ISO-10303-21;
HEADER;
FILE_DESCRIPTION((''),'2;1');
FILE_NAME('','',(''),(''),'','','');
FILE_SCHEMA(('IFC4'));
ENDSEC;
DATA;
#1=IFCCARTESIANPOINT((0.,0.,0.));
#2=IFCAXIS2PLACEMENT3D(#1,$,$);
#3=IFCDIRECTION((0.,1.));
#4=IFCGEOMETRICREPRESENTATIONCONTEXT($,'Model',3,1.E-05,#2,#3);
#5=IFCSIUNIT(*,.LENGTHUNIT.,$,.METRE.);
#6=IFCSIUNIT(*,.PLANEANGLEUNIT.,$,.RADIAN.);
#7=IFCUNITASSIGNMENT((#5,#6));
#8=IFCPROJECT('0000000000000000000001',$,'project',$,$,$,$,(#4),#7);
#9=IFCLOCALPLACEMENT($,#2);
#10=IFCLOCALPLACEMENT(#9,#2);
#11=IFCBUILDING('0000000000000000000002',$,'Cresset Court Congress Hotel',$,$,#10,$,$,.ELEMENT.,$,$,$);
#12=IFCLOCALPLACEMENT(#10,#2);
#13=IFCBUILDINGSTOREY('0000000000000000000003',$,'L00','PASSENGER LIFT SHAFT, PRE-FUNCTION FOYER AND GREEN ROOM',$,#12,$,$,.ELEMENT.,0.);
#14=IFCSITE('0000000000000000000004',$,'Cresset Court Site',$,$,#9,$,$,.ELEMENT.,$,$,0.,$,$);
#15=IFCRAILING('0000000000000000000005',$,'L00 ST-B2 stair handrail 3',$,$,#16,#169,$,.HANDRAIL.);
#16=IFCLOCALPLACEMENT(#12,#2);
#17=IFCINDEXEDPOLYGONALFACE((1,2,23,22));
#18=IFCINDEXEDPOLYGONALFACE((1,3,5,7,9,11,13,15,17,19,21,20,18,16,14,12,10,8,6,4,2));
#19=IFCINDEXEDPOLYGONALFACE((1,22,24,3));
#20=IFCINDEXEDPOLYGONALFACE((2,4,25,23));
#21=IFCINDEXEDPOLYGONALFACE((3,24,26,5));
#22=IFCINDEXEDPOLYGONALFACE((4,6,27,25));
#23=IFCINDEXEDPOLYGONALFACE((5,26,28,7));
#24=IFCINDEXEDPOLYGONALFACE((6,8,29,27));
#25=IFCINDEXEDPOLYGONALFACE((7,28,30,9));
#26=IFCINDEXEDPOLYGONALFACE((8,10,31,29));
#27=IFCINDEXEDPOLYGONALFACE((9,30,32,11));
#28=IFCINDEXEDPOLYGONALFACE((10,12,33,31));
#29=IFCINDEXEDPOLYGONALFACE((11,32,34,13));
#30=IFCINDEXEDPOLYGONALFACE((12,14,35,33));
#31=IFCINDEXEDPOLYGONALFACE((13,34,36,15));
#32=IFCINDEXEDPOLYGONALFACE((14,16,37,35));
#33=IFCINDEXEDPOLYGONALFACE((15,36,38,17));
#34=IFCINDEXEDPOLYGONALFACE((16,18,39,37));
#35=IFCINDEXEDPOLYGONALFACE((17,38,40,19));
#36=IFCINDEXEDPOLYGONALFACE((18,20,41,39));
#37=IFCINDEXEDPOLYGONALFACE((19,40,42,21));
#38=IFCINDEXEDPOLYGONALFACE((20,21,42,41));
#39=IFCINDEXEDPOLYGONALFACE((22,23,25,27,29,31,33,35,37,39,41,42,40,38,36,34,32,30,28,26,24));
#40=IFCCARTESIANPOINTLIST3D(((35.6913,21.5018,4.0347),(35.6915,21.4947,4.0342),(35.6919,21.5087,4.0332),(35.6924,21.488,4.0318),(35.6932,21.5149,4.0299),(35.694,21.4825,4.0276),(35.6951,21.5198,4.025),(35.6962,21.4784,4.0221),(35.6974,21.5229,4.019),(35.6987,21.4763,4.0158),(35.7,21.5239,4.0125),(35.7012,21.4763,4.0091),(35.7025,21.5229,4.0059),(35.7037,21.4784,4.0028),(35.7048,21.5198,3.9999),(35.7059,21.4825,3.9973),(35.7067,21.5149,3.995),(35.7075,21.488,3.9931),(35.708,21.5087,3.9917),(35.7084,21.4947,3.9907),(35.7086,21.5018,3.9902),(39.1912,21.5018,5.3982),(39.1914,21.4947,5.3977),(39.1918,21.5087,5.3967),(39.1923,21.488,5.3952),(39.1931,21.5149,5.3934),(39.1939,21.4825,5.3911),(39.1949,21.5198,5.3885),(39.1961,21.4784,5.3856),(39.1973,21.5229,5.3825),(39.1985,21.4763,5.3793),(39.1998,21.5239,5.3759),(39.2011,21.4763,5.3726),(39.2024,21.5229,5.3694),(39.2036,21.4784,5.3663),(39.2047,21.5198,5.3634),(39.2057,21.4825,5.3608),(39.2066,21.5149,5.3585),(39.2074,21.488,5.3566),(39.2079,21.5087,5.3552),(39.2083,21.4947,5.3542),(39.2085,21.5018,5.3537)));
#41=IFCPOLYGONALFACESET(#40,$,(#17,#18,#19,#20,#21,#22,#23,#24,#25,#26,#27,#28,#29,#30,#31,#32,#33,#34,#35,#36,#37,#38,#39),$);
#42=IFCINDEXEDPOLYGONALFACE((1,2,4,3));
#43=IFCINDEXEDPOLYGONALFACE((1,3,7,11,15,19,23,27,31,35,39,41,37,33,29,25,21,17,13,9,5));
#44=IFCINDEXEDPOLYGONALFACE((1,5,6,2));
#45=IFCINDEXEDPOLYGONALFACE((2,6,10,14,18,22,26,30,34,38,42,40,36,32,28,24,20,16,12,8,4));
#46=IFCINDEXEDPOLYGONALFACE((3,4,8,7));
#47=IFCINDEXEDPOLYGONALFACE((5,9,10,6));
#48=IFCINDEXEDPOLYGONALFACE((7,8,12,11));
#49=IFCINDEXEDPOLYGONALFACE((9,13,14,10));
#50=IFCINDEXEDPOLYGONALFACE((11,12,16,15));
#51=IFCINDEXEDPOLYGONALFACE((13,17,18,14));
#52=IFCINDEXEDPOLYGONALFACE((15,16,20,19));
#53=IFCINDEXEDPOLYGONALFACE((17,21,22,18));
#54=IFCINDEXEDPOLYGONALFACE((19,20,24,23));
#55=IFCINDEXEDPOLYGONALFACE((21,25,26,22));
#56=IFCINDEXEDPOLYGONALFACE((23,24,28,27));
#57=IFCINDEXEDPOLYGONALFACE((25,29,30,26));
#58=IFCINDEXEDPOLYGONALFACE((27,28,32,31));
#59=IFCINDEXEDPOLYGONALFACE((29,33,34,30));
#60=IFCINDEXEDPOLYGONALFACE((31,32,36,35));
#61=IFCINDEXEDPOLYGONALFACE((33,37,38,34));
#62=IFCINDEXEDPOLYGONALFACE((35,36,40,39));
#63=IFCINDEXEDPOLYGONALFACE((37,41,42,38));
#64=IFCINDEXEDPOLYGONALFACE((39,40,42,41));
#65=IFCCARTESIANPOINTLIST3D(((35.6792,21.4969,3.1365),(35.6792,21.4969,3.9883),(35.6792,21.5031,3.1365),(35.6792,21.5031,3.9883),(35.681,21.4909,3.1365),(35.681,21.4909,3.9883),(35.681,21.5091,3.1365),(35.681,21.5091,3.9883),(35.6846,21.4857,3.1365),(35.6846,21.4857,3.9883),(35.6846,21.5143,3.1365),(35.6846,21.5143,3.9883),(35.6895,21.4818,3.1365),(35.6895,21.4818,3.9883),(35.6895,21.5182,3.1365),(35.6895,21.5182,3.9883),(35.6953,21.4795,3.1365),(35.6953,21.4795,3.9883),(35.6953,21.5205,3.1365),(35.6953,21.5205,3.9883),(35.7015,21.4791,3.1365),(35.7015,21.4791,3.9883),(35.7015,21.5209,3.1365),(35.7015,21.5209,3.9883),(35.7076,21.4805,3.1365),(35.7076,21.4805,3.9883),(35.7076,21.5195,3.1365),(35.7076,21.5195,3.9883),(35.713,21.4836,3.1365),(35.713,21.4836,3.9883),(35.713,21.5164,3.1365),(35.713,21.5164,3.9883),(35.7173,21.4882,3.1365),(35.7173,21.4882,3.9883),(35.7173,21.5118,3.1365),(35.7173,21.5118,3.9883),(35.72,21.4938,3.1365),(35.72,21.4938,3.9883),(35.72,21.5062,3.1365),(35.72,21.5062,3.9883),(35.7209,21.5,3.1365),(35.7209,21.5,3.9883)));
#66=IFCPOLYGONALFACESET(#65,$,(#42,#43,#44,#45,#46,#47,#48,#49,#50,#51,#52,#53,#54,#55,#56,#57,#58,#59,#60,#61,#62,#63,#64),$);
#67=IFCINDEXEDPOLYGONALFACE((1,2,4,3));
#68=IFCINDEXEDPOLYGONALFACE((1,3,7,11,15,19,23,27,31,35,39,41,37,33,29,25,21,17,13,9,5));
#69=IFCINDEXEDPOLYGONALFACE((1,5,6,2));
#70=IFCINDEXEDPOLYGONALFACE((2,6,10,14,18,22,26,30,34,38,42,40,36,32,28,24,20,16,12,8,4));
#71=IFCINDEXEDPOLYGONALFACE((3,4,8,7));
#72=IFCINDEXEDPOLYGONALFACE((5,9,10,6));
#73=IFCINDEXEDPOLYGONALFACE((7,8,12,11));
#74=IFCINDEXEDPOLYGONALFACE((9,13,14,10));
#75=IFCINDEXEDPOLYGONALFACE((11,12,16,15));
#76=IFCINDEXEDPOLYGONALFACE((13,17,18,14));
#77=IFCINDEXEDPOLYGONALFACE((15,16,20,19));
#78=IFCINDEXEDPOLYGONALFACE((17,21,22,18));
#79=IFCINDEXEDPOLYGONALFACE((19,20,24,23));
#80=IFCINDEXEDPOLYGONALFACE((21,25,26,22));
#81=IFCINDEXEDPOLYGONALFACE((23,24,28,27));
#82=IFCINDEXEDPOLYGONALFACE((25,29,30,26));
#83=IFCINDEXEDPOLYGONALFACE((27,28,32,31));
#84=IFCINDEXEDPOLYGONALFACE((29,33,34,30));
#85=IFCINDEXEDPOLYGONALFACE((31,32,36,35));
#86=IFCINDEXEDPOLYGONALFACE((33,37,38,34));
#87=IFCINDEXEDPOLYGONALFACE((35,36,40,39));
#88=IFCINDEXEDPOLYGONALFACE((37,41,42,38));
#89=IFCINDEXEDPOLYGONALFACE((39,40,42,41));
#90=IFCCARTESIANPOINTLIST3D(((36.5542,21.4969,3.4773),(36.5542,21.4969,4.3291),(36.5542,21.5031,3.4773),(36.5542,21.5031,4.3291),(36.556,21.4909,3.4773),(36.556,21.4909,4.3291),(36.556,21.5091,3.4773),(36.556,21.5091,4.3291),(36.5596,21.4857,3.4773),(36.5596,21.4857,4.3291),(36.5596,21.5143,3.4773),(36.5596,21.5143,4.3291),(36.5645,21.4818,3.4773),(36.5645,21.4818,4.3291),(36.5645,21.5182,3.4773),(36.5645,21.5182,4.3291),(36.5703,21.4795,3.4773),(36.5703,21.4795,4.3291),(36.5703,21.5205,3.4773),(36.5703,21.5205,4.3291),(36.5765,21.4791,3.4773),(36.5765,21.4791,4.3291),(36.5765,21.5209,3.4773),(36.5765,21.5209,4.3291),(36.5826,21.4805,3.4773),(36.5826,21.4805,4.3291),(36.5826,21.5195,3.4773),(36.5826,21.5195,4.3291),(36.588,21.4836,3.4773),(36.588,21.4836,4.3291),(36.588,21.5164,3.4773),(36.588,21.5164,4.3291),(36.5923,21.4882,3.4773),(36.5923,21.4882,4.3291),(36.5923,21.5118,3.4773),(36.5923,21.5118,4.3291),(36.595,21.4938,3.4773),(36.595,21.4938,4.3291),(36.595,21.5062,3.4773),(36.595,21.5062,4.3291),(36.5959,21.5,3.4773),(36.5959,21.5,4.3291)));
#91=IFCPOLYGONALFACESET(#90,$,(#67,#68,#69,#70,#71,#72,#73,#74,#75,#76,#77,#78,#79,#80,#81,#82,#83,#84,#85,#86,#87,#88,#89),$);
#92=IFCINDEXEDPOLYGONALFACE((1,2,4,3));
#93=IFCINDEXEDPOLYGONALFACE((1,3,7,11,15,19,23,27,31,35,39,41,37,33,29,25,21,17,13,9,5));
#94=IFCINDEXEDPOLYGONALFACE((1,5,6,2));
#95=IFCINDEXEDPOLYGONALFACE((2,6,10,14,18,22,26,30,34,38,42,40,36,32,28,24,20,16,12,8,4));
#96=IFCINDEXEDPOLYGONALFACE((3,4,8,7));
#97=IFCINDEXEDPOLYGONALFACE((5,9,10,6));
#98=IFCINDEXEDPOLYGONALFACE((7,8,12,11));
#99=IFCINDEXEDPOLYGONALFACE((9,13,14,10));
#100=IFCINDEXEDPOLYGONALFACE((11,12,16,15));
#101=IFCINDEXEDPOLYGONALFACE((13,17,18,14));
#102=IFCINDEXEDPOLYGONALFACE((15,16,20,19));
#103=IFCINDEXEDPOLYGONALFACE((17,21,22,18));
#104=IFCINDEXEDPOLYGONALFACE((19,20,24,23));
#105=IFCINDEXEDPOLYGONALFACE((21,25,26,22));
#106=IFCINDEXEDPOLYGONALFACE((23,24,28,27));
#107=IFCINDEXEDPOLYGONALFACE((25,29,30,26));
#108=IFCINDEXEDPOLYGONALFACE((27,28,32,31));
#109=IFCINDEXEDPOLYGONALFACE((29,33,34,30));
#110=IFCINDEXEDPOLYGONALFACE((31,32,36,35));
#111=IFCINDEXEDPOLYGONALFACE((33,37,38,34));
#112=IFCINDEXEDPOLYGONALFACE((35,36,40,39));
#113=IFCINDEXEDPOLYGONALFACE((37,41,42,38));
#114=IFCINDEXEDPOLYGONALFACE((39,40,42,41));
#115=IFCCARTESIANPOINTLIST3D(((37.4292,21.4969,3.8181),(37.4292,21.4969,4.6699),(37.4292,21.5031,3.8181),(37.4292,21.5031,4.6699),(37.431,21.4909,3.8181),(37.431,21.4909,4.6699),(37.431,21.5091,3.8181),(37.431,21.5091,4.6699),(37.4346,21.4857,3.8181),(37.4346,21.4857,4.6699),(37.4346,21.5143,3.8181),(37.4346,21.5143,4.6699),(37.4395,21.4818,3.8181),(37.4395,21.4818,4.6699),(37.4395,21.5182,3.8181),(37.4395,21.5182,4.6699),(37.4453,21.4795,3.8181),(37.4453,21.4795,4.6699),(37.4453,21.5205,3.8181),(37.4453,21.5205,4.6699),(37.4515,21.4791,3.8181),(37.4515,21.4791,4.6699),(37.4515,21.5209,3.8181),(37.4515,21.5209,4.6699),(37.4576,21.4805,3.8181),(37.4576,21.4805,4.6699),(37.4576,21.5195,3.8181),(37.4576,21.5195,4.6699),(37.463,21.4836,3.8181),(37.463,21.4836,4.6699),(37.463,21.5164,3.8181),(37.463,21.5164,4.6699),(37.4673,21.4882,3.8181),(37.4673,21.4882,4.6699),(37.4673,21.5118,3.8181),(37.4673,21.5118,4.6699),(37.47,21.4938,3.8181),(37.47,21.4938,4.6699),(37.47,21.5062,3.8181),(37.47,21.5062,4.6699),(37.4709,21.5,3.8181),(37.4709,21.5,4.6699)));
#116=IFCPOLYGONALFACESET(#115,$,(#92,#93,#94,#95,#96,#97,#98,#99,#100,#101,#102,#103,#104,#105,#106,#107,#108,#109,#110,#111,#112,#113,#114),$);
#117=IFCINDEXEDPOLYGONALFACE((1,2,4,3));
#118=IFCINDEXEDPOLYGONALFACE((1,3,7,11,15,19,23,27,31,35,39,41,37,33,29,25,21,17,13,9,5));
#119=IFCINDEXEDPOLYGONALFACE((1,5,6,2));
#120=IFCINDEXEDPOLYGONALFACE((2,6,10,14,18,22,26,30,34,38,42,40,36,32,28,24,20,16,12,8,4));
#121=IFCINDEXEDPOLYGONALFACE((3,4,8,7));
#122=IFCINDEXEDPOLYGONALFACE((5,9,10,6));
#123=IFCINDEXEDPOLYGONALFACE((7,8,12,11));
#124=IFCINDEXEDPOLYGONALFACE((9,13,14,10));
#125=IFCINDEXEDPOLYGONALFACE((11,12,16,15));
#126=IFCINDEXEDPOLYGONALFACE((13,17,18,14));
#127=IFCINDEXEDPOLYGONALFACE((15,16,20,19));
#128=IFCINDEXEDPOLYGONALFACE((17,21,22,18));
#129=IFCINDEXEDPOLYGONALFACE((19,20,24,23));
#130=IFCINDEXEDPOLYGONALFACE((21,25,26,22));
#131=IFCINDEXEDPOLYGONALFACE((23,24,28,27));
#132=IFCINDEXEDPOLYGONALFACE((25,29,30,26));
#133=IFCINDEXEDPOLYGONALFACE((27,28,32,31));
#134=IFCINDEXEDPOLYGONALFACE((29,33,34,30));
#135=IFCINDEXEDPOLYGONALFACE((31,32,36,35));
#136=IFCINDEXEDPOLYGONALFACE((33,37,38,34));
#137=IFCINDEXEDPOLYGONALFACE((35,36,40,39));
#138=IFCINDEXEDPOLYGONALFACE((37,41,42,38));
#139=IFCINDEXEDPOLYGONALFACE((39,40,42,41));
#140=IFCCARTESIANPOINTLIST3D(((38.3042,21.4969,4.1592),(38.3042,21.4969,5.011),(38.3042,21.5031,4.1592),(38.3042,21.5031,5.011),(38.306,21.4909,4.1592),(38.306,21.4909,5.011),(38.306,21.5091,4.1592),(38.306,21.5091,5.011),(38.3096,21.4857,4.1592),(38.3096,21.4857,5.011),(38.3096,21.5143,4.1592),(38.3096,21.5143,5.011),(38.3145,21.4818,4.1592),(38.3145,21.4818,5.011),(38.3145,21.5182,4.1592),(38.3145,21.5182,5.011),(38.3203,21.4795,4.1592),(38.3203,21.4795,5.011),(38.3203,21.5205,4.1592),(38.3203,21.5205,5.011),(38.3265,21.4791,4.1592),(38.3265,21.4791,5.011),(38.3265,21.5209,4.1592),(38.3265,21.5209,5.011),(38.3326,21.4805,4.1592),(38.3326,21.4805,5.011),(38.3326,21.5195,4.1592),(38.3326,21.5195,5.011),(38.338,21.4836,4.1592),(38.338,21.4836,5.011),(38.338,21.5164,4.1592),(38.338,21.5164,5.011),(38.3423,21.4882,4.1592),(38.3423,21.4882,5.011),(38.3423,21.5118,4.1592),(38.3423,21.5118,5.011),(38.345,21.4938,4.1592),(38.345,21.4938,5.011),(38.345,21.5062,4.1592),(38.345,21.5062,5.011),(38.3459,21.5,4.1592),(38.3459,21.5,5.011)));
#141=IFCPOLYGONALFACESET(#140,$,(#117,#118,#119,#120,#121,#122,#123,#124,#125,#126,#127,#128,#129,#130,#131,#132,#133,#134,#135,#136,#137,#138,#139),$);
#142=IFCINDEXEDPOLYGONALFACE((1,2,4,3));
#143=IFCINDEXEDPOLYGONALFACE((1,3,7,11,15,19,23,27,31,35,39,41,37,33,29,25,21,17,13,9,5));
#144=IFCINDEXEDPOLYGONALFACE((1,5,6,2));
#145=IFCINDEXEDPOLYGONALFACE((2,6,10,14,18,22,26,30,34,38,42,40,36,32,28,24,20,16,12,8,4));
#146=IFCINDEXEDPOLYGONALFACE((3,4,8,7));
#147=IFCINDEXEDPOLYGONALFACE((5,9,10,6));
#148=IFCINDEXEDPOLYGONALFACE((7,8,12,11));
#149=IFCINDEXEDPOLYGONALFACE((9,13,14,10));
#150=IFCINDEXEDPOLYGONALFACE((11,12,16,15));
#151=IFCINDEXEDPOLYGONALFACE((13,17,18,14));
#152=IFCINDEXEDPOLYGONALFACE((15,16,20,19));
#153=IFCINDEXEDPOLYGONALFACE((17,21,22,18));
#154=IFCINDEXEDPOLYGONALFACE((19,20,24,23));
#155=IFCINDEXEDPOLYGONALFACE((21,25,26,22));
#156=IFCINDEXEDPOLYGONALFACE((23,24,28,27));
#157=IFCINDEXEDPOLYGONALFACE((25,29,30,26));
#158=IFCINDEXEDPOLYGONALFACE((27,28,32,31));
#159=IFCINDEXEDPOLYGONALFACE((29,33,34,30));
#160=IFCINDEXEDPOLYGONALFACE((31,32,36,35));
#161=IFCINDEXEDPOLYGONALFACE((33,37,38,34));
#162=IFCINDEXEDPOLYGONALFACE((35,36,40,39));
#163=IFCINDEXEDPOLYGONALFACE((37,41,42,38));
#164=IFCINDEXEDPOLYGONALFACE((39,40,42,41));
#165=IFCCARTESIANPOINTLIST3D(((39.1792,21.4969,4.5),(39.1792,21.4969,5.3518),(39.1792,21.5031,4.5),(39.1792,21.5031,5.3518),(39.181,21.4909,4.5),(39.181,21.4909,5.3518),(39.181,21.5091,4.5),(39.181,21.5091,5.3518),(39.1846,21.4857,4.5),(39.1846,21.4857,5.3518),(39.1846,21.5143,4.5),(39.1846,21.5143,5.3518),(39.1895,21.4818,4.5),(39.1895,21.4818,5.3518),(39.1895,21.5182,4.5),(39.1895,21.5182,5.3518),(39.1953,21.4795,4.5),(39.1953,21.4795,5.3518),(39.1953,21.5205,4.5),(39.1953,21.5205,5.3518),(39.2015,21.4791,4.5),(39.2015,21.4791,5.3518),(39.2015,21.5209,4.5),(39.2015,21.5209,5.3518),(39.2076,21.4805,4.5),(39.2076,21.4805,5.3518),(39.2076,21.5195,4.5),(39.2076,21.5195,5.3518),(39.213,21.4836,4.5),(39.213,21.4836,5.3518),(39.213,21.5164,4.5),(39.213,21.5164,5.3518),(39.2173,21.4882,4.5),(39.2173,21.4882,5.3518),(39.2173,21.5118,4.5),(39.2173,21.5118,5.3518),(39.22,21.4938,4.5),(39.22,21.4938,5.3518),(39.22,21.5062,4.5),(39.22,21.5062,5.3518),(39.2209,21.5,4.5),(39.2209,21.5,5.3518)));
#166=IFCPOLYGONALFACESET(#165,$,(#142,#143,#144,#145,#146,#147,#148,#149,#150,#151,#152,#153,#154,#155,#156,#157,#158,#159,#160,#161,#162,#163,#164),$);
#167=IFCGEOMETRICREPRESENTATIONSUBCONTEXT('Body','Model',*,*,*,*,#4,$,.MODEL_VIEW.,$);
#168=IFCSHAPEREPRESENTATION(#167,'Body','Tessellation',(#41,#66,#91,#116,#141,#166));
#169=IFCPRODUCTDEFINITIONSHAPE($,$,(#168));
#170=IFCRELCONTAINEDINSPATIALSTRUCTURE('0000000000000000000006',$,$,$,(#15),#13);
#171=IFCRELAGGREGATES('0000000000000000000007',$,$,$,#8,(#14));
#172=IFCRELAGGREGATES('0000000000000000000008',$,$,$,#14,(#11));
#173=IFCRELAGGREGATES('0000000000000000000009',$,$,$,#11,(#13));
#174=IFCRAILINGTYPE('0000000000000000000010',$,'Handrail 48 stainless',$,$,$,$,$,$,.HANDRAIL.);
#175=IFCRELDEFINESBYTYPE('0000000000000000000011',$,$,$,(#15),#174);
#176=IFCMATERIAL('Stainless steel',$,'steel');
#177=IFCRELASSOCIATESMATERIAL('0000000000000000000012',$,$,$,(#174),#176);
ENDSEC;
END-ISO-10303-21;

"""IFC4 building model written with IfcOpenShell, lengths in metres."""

from ifc_helpers import new_model, si_unit, direction, frame, origin, origin_2d, place, context, subcontext, project, spatial, circle, extrude, material, type_object, element, save


model = new_model("IFC4")

# Units and contexts
model_context = context("Model", 3, precision=1e-05, world=origin(), true_north=direction((0.0, 1.0)))
body_context = subcontext(model_context, "Body", "Model", "MODEL_VIEW")
ifc_project = project(units=[si_unit("LENGTHUNIT", "METRE"), si_unit("PLANEANGLEUNIT", "RADIAN")], contexts=[model_context])

# Site, building, storey
site_placement = place(None, origin())
site = spatial("IfcSite", under=ifc_project, at=site_placement, Name="Cresset Court Site", CompositionType="ELEMENT", RefElevation=0.0)
building_placement = place(site_placement, origin())
building = spatial("IfcBuilding", under=site, at=building_placement, Name="Cresset Court Congress Hotel", CompositionType="ELEMENT")
storey_placement = place(building_placement, origin())
storey = spatial("IfcBuildingStorey", under=building, at=storey_placement, Name="L00", Description="PASSENGER LIFT SHAFT, PRE-FUNCTION FOYER AND GREEN ROOM", CompositionType="ELEMENT", Elevation=0.0)

# Railing
ifc_material_1 = material(Name="Stainless steel", Category="steel")
railing_type_1 = type_object("IfcRailingType", Name="Handrail 48 stainless", PredefinedType="HANDRAIL", material=ifc_material_1)
railing_1_placement = place(storey_placement, frame((35.7, 21.5, 3.1365)))
element("IfcRailing", 1, at=railing_1_placement, inside=storey, type_object=railing_type_1, Name="L00 ST-B2 stair handrail 3", PredefinedType="HANDRAIL", context=body_context, shape_type="SweptSolid", body=[
    extrude(circle(Radius=0.0239, at=origin_2d()), frame((0.0, 0.0, 0.876), z_axis=(0.931787, 0.0, 0.363005), x_axis=(0.0, 1.0, 0.0)), (0.0, 0.0, 1.0), 3.7561),
    extrude(circle(Radius=0.021, at=origin_2d()), origin(), (0.0, 0.0, 1.0), 0.8518),
    extrude(circle(Radius=0.021, at=origin_2d()), frame((0.875, 0.0, 0.3408)), (0.0, 0.0, 1.0), 0.8518),
    extrude(circle(Radius=0.021, at=origin_2d()), frame((1.75, 0.0, 0.6816)), (0.0, 0.0, 1.0), 0.8518),
    extrude(circle(Radius=0.021, at=origin_2d()), frame((2.625, 0.0, 1.0227)), (0.0, 0.0, 1.0), 0.8518),
    extrude(circle(Radius=0.021, at=origin_2d()), frame((3.5, 0.0, 1.3635)), (0.0, 0.0, 1.0), 0.8518),
])

save(model, "model.ifc")
